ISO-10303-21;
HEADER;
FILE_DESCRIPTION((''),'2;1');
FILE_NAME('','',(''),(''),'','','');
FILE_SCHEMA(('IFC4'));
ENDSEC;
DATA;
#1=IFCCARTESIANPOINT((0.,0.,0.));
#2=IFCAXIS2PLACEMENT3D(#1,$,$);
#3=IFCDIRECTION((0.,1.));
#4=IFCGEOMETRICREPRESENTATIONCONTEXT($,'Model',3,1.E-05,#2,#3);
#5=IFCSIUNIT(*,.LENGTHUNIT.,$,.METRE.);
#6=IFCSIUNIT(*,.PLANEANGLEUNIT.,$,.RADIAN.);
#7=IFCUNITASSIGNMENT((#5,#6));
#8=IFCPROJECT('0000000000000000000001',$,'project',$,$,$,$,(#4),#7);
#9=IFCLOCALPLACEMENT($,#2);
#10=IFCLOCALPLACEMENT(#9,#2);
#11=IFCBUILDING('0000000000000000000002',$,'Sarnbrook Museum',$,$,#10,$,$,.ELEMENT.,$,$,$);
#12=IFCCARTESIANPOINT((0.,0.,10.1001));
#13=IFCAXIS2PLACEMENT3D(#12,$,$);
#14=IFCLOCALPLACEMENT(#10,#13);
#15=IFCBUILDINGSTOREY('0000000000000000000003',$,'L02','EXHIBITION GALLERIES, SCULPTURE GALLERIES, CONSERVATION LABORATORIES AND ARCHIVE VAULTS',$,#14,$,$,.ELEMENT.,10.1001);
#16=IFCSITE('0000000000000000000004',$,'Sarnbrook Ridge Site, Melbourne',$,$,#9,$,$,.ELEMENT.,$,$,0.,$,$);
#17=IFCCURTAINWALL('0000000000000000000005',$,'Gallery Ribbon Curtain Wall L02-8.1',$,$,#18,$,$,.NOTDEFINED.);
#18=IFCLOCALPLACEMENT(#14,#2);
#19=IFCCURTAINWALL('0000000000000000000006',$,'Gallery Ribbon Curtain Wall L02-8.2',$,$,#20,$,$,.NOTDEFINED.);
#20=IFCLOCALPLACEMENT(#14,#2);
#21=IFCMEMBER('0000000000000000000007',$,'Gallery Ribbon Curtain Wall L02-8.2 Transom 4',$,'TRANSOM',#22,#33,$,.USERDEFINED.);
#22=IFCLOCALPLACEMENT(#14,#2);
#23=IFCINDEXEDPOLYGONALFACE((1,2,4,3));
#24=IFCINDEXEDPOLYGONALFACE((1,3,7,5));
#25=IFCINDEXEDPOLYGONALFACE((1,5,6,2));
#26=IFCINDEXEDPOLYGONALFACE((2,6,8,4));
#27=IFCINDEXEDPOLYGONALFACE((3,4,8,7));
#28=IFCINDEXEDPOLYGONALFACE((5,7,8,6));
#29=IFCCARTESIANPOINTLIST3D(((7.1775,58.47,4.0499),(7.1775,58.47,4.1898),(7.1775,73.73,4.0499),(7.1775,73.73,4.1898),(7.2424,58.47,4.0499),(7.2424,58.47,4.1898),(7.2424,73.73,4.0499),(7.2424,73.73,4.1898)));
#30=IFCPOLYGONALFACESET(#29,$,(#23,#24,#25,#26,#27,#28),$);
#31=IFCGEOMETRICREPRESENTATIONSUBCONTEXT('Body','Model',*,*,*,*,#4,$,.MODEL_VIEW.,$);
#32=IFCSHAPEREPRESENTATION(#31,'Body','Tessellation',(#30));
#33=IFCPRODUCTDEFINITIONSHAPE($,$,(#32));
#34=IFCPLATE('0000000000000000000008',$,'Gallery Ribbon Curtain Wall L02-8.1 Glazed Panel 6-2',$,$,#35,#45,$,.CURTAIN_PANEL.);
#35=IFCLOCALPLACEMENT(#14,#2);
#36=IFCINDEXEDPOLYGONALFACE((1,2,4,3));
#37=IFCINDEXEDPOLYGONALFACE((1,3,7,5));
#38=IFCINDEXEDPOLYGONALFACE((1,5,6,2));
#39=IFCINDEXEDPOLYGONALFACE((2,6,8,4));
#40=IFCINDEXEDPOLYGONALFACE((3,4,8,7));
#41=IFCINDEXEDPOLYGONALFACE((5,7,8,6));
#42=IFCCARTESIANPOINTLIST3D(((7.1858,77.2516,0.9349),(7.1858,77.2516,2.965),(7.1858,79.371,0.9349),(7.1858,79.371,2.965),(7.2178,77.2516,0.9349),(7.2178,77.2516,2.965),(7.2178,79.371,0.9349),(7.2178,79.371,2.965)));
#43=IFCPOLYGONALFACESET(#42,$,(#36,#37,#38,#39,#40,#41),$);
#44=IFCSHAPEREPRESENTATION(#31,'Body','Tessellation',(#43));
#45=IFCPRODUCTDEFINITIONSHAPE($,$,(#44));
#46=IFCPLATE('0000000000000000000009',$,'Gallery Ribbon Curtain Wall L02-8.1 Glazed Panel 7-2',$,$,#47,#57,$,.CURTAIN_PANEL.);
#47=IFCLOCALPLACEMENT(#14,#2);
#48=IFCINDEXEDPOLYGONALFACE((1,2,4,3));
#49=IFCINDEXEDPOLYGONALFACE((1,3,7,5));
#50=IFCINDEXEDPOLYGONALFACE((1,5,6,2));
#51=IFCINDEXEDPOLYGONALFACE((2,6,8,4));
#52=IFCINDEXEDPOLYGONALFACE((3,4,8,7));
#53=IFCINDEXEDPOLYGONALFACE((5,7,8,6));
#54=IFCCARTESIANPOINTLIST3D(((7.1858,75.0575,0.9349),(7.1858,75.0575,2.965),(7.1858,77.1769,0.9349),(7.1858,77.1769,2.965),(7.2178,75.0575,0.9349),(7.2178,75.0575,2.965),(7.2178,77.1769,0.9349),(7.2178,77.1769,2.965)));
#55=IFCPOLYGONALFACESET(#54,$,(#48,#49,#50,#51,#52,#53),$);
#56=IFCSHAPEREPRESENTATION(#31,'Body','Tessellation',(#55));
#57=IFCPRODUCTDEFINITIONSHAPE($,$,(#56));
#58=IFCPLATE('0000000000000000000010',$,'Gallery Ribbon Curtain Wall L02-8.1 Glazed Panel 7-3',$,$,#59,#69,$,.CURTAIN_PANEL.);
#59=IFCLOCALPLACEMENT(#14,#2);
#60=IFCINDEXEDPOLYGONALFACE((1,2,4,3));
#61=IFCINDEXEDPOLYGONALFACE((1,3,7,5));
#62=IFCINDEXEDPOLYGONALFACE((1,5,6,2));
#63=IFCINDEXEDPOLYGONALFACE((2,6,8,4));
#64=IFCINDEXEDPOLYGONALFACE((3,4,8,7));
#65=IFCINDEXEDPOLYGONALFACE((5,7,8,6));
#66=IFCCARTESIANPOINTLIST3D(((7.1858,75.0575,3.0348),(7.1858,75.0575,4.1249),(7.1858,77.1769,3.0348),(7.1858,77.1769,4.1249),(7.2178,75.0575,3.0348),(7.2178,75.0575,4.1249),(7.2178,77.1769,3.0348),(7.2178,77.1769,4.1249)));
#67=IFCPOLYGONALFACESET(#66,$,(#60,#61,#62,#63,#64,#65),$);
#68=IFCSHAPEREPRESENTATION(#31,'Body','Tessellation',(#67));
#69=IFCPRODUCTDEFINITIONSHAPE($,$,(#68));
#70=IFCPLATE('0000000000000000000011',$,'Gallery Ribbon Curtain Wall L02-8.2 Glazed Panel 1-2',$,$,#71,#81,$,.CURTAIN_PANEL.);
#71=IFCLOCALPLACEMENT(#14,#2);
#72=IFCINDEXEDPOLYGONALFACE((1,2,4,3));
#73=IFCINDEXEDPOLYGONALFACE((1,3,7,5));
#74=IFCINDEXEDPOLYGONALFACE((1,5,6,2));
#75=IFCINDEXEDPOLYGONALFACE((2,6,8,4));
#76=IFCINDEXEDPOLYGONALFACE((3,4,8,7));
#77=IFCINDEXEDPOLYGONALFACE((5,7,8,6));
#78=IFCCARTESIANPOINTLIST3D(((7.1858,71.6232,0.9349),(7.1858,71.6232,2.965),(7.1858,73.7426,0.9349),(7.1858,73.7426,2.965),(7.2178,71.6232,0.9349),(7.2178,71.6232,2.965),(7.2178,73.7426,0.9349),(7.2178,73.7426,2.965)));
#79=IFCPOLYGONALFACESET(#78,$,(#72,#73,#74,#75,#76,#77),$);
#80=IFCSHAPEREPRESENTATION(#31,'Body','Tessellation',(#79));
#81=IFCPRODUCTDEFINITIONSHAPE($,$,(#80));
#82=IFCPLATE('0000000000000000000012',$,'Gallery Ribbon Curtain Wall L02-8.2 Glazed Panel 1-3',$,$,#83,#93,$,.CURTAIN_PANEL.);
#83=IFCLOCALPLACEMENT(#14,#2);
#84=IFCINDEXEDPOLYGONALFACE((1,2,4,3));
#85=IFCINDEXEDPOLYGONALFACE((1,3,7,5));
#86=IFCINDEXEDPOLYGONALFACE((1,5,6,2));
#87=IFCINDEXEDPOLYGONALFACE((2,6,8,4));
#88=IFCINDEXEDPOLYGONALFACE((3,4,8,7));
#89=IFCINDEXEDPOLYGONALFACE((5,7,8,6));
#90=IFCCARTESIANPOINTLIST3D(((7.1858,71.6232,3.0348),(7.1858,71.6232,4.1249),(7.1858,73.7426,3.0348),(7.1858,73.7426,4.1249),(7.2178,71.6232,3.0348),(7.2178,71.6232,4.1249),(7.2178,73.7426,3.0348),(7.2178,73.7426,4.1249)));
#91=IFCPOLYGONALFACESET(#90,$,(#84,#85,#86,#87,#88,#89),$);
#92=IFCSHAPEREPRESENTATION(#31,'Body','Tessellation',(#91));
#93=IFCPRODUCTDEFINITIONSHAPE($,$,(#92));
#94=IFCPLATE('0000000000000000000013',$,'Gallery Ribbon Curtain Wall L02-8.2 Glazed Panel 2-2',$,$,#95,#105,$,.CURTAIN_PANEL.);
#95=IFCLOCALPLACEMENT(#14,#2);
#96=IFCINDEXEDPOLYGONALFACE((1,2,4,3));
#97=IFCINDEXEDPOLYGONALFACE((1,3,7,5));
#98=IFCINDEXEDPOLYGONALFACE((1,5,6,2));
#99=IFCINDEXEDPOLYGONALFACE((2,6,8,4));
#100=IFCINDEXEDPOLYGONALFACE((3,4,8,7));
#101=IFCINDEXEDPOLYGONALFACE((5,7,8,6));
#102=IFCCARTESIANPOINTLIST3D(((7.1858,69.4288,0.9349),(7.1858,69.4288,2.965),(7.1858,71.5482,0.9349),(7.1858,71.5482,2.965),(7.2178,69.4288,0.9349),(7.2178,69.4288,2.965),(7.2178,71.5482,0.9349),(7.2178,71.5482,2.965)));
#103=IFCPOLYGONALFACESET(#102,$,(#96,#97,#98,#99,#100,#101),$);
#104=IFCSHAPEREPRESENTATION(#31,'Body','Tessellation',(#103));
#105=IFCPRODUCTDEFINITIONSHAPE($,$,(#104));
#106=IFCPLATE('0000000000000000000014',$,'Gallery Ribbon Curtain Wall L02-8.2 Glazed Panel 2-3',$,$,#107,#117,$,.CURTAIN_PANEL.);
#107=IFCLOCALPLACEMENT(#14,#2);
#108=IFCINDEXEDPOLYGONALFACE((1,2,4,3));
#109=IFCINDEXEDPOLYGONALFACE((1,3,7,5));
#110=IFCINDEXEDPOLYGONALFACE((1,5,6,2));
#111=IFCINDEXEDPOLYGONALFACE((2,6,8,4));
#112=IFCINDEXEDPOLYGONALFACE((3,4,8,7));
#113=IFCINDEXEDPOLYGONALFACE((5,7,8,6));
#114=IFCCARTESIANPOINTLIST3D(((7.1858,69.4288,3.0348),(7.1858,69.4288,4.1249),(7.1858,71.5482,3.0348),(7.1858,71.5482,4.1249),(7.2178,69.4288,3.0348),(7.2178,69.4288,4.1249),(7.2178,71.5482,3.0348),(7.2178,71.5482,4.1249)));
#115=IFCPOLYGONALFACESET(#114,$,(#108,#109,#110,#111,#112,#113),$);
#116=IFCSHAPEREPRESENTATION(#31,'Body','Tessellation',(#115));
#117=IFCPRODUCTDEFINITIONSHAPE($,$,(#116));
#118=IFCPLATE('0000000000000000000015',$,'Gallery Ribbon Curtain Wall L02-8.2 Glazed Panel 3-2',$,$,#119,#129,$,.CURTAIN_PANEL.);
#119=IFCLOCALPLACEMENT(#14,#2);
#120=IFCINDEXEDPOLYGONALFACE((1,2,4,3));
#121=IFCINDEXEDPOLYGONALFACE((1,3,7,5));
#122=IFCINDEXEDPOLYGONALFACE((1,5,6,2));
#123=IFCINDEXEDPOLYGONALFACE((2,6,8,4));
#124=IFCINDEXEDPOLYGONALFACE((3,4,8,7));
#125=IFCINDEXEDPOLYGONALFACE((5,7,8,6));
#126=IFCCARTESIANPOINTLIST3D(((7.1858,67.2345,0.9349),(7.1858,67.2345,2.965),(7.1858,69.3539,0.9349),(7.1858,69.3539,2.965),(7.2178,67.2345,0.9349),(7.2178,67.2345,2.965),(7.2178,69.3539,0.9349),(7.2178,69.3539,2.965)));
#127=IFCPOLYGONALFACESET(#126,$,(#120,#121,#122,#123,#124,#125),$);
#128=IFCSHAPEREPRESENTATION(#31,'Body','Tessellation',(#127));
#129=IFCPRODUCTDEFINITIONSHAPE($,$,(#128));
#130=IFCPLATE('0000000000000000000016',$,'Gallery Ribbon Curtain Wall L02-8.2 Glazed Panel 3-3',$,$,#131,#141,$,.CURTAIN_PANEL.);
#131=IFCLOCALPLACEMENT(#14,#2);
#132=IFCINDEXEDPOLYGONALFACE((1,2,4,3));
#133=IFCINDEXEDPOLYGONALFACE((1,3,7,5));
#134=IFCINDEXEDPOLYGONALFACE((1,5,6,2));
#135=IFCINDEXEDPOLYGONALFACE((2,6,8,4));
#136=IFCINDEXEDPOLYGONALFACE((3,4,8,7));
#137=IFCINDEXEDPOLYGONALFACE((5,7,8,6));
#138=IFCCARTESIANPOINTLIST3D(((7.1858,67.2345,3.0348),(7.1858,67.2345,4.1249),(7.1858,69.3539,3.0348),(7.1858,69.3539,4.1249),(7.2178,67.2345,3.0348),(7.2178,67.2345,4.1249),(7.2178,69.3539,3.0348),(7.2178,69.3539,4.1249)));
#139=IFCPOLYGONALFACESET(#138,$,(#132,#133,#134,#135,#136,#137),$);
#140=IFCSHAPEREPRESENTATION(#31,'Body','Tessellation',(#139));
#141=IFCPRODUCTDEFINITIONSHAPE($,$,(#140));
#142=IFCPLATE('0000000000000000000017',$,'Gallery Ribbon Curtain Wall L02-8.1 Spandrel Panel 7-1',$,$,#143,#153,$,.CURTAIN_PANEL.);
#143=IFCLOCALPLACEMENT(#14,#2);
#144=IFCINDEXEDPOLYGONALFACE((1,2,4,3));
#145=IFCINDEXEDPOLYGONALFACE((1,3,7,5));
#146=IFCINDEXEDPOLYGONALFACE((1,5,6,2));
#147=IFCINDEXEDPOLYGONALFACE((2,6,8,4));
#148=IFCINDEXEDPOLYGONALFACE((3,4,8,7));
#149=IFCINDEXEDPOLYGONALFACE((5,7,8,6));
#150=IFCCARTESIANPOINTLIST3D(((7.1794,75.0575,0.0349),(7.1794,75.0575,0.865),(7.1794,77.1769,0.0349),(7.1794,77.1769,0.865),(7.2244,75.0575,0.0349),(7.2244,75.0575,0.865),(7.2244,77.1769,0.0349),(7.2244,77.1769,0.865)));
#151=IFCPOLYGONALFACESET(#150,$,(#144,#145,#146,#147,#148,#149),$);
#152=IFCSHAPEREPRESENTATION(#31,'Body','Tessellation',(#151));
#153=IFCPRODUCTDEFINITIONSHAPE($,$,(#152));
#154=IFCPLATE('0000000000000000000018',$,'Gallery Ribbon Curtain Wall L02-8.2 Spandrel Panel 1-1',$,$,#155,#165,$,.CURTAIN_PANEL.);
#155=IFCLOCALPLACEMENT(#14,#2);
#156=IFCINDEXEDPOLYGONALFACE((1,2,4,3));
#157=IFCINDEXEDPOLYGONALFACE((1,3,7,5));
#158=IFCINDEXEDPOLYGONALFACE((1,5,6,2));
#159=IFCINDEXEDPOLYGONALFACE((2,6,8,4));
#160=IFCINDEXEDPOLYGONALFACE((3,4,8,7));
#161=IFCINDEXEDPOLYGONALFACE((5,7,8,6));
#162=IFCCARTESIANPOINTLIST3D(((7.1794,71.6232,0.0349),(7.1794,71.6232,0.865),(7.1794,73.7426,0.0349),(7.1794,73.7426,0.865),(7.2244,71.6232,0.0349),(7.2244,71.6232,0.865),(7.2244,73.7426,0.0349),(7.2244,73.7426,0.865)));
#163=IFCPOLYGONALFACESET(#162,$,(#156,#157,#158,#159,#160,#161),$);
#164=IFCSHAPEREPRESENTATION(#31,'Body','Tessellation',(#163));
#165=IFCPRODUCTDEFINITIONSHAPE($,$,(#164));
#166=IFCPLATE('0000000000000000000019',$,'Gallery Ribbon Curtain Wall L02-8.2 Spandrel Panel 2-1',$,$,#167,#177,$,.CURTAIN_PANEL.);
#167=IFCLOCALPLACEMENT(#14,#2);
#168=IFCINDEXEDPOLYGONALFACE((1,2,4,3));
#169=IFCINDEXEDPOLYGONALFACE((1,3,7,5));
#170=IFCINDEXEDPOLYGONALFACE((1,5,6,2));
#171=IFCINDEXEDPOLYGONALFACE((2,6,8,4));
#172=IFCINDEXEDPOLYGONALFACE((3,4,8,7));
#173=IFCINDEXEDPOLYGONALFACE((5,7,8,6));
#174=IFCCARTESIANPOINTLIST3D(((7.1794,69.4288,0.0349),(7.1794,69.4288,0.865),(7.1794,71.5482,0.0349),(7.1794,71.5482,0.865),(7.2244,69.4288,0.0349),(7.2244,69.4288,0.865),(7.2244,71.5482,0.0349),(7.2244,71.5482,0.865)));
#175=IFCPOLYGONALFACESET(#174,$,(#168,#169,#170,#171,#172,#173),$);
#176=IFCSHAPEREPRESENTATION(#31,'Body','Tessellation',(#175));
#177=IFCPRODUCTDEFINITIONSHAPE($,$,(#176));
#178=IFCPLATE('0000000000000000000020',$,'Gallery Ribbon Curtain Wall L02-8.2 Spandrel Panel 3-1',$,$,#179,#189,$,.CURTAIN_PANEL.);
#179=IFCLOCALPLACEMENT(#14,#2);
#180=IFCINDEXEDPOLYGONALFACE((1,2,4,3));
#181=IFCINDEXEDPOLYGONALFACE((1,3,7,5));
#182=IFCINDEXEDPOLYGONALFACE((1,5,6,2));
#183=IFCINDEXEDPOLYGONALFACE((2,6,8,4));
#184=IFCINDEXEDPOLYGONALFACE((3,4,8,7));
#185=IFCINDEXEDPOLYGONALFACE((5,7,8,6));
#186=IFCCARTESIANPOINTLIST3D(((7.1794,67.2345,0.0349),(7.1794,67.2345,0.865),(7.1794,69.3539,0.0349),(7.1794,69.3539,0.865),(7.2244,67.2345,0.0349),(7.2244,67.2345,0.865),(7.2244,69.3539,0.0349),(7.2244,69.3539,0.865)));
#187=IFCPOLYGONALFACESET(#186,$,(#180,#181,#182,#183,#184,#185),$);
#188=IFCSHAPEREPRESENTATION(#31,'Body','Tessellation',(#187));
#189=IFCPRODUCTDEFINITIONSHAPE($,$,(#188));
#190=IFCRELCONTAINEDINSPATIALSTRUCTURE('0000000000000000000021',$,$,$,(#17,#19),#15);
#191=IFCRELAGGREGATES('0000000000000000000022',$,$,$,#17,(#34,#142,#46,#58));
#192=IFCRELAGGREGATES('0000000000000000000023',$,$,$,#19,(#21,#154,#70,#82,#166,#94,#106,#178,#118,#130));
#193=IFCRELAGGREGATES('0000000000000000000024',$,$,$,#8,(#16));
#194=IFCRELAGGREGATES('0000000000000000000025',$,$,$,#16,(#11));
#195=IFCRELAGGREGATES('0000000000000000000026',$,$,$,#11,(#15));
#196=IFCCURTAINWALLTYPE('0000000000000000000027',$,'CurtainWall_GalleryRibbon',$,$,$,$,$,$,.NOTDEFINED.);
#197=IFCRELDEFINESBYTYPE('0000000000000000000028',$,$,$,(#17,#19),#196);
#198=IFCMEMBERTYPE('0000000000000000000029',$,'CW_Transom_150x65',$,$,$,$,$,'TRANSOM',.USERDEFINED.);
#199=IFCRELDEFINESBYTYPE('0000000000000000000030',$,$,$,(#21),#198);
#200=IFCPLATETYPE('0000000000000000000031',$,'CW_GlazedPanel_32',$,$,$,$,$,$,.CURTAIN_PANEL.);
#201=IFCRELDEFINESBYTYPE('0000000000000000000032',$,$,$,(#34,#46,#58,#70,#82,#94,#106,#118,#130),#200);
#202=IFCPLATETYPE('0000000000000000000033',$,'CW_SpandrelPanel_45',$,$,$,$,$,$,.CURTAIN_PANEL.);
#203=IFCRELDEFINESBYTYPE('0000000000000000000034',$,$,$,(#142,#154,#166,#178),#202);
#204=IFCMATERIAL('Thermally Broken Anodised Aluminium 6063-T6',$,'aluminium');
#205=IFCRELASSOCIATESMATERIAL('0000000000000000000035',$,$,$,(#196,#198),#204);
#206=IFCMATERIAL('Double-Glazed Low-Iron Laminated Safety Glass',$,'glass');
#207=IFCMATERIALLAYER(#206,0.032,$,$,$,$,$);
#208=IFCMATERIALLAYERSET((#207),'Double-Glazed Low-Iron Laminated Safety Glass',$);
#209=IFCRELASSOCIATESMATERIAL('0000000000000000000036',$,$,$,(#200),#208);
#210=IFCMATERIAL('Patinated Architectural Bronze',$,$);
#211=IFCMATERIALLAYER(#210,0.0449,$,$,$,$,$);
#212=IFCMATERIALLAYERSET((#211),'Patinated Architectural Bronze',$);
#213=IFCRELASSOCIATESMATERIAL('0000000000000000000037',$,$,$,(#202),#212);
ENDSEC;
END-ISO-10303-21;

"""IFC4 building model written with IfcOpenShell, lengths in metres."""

from ifc_helpers import new_model, si_unit, direction, frame, origin, origin_2d, place, context, subcontext, project, spatial, rectangle, extrude, material, layer, layer_set, material_profile, profile_set, type_object, element, aggregate, save


model = new_model("IFC4")

# Units and contexts
model_context = context("Model", 3, precision=1e-05, world=origin(), true_north=direction((0.0, 1.0)))
body_context = subcontext(model_context, "Body", "Model", "MODEL_VIEW")
ifc_project = project(units=[si_unit("LENGTHUNIT", "METRE"), si_unit("PLANEANGLEUNIT", "RADIAN")], contexts=[model_context])

# Site, building, storey
site_placement = place(None, origin())
site = spatial("IfcSite", under=ifc_project, at=site_placement, Name="Sarnbrook Ridge Site, Melbourne", CompositionType="ELEMENT", RefElevation=0.0)
building_placement = place(site_placement, origin())
building = spatial("IfcBuilding", under=site, at=building_placement, Name="Sarnbrook Museum", CompositionType="ELEMENT")
storey_placement = place(building_placement, frame((0.0, 0.0, 10.1001)))
storey = spatial("IfcBuildingStorey", under=building, at=storey_placement, Name="L02", Description="EXHIBITION GALLERIES, SCULPTURE GALLERIES, CONSERVATION LABORATORIES AND ARCHIVE VAULTS", CompositionType="ELEMENT", Elevation=10.1001)

# Curtain walls, member
ifc_material_1 = material(Name="Thermally Broken Anodised Aluminium 6063-T6", Category="aluminium")
curtain_wall_type = type_object("IfcCurtainWallType", Name="CurtainWall_GalleryRibbon", PredefinedType="NOTDEFINED", material=ifc_material_1)
curtain_wall_1_placement = place(storey_placement, origin())
curtain_wall_1 = element("IfcCurtainWall", 1, at=curtain_wall_1_placement, inside=storey, type_object=curtain_wall_type, Name="Gallery Ribbon Curtain Wall L02-8.1", PredefinedType="NOTDEFINED")
curtain_wall_2_placement = place(storey_placement, origin())
curtain_wall_2 = element("IfcCurtainWall", 2, at=curtain_wall_2_placement, inside=storey, type_object=curtain_wall_type, Name="Gallery Ribbon Curtain Wall L02-8.2", PredefinedType="NOTDEFINED")
ifc_material_profile_1 = material_profile(ifc_material_1, rectangle(XDim=0.0649, YDim=0.1399, at=origin_2d()), Name="ALU TRANSOM 65x140")
ifc_profile_set_1 = profile_set([ifc_material_profile_1], Name="Thermally Broken Anodised Aluminium 6063-T6")
member_type_1 = type_object("IfcMemberType", Name="CW_Transom_150x65", ElementType="TRANSOM", PredefinedType="USERDEFINED", material=ifc_profile_set_1)
member_1_placement = place(storey_placement, frame((7.21, 73.73, 4.1199), z_axis=(0.0, -1.0, 0.0), x_axis=(1.0, 0.0, 0.0)))
member_1 = element("IfcMember", 3, at=member_1_placement, type_object=member_type_1, Name="Gallery Ribbon Curtain Wall L02-8.2 Transom 4", ObjectType="TRANSOM", PredefinedType="USERDEFINED", context=body_context, shape_type="SweptSolid", body=[
    extrude(rectangle(XDim=0.0649, YDim=0.1399, at=origin_2d()), origin(), (0.0, 0.0, 1.0), 15.26),
])

# Plates
ifc_material_2 = material(Name="Double-Glazed Low-Iron Laminated Safety Glass", Category="glass")
ifc_layer_1 = layer(ifc_material_2, 0.032)
ifc_layer_set_1 = layer_set([ifc_layer_1], Name="Double-Glazed Low-Iron Laminated Safety Glass")
plate_type_1 = type_object("IfcPlateType", Name="CW_GlazedPanel_32", PredefinedType="CURTAIN_PANEL", material=ifc_layer_set_1)
plate_1_placement = place(storey_placement, frame((7.2178, 78.3113, 1.95), z_axis=(-1.0, 0.0, 0.0), x_axis=(0.0, -1.0, 0.0)))
plate_1 = element("IfcPlate", 4, at=plate_1_placement, type_object=plate_type_1, Name="Gallery Ribbon Curtain Wall L02-8.1 Glazed Panel 6-2", PredefinedType="CURTAIN_PANEL", context=body_context, shape_type="SweptSolid", body=[
    extrude(rectangle(XDim=2.1194, YDim=2.03, at=origin_2d()), origin(), (0.0, 0.0, 1.0), 0.032),
])
plate_2_placement = place(storey_placement, frame((7.2178, 76.1172, 1.95), z_axis=(-1.0, 0.0, 0.0), x_axis=(0.0, -1.0, 0.0)))
plate_2 = element("IfcPlate", 5, at=plate_2_placement, type_object=plate_type_1, Name="Gallery Ribbon Curtain Wall L02-8.1 Glazed Panel 7-2", PredefinedType="CURTAIN_PANEL", context=body_context, shape_type="SweptSolid", body=[
    extrude(rectangle(XDim=2.1194, YDim=2.03, at=origin_2d()), origin(), (0.0, 0.0, 1.0), 0.032),
])
plate_3_placement = place(storey_placement, frame((7.2178, 76.1172, 3.5798), z_axis=(-1.0, 0.0, 0.0), x_axis=(0.0, -1.0, 0.0)))
plate_3 = element("IfcPlate", 6, at=plate_3_placement, type_object=plate_type_1, Name="Gallery Ribbon Curtain Wall L02-8.1 Glazed Panel 7-3", PredefinedType="CURTAIN_PANEL", context=body_context, shape_type="SweptSolid", body=[
    extrude(rectangle(XDim=2.1194, YDim=1.0901, at=origin_2d()), origin(), (0.0, 0.0, 1.0), 0.032),
])
plate_4_placement = place(storey_placement, frame((7.2178, 72.6829, 1.95), z_axis=(-1.0, 0.0, 0.0), x_axis=(0.0, -1.0, 0.0)))
plate_4 = element("IfcPlate", 7, at=plate_4_placement, type_object=plate_type_1, Name="Gallery Ribbon Curtain Wall L02-8.2 Glazed Panel 1-2", PredefinedType="CURTAIN_PANEL", context=body_context, shape_type="SweptSolid", body=[
    extrude(rectangle(XDim=2.1194, YDim=2.03, at=origin_2d()), origin(), (0.0, 0.0, 1.0), 0.032),
])
plate_5_placement = place(storey_placement, frame((7.2178, 72.6829, 3.5798), z_axis=(-1.0, 0.0, 0.0), x_axis=(0.0, -1.0, 0.0)))
plate_5 = element("IfcPlate", 8, at=plate_5_placement, type_object=plate_type_1, Name="Gallery Ribbon Curtain Wall L02-8.2 Glazed Panel 1-3", PredefinedType="CURTAIN_PANEL", context=body_context, shape_type="SweptSolid", body=[
    extrude(rectangle(XDim=2.1194, YDim=1.0901, at=origin_2d()), origin(), (0.0, 0.0, 1.0), 0.032),
])
plate_6_placement = place(storey_placement, frame((7.2178, 70.4885, 1.95), z_axis=(-1.0, 0.0, 0.0), x_axis=(0.0, -1.0, 0.0)))
plate_6 = element("IfcPlate", 9, at=plate_6_placement, type_object=plate_type_1, Name="Gallery Ribbon Curtain Wall L02-8.2 Glazed Panel 2-2", PredefinedType="CURTAIN_PANEL", context=body_context, shape_type="SweptSolid", body=[
    extrude(rectangle(XDim=2.1194, YDim=2.03, at=origin_2d()), origin(), (0.0, 0.0, 1.0), 0.032),
])
plate_7_placement = place(storey_placement, frame((7.2178, 70.4885, 3.5798), z_axis=(-1.0, 0.0, 0.0), x_axis=(0.0, -1.0, 0.0)))
plate_7 = element("IfcPlate", 10, at=plate_7_placement, type_object=plate_type_1, Name="Gallery Ribbon Curtain Wall L02-8.2 Glazed Panel 2-3", PredefinedType="CURTAIN_PANEL", context=body_context, shape_type="SweptSolid", body=[
    extrude(rectangle(XDim=2.1194, YDim=1.0901, at=origin_2d()), origin(), (0.0, 0.0, 1.0), 0.032),
])
plate_8_placement = place(storey_placement, frame((7.2178, 68.2942, 1.95), z_axis=(-1.0, 0.0, 0.0), x_axis=(0.0, -1.0, 0.0)))
plate_8 = element("IfcPlate", 11, at=plate_8_placement, type_object=plate_type_1, Name="Gallery Ribbon Curtain Wall L02-8.2 Glazed Panel 3-2", PredefinedType="CURTAIN_PANEL", context=body_context, shape_type="SweptSolid", body=[
    extrude(rectangle(XDim=2.1194, YDim=2.03, at=origin_2d()), origin(), (0.0, 0.0, 1.0), 0.032),
])
plate_9_placement = place(storey_placement, frame((7.2178, 68.2942, 3.5798), z_axis=(-1.0, 0.0, 0.0), x_axis=(0.0, -1.0, 0.0)))
plate_9 = element("IfcPlate", 12, at=plate_9_placement, type_object=plate_type_1, Name="Gallery Ribbon Curtain Wall L02-8.2 Glazed Panel 3-3", PredefinedType="CURTAIN_PANEL", context=body_context, shape_type="SweptSolid", body=[
    extrude(rectangle(XDim=2.1194, YDim=1.0901, at=origin_2d()), origin(), (0.0, 0.0, 1.0), 0.032),
])
ifc_material_3 = material(Name="Patinated Architectural Bronze")
ifc_layer_2 = layer(ifc_material_3, 0.0449)
ifc_layer_set_2 = layer_set([ifc_layer_2], Name="Patinated Architectural Bronze")
plate_type_2 = type_object("IfcPlateType", Name="CW_SpandrelPanel_45", PredefinedType="CURTAIN_PANEL", material=ifc_layer_set_2)
plate_10_placement = place(storey_placement, frame((7.2244, 76.1172, 0.45), z_axis=(-1.0, 0.0, 0.0), x_axis=(0.0, -1.0, 0.0)))
plate_10 = element("IfcPlate", 13, at=plate_10_placement, type_object=plate_type_2, Name="Gallery Ribbon Curtain Wall L02-8.1 Spandrel Panel 7-1", PredefinedType="CURTAIN_PANEL", context=body_context, shape_type="SweptSolid", body=[
    extrude(rectangle(XDim=2.1194, YDim=0.8301, at=origin_2d()), origin(), (0.0, 0.0, 1.0), 0.0449),
])
aggregate(curtain_wall_1, [plate_1, plate_10, plate_2, plate_3])
plate_11_placement = place(storey_placement, frame((7.2244, 72.6829, 0.45), z_axis=(-1.0, 0.0, 0.0), x_axis=(0.0, -1.0, 0.0)))
plate_11 = element("IfcPlate", 14, at=plate_11_placement, type_object=plate_type_2, Name="Gallery Ribbon Curtain Wall L02-8.2 Spandrel Panel 1-1", PredefinedType="CURTAIN_PANEL", context=body_context, shape_type="SweptSolid", body=[
    extrude(rectangle(XDim=2.1194, YDim=0.8301, at=origin_2d()), origin(), (0.0, 0.0, 1.0), 0.0449),
])
plate_12_placement = place(storey_placement, frame((7.2244, 70.4885, 0.45), z_axis=(-1.0, 0.0, 0.0), x_axis=(0.0, -1.0, 0.0)))
plate_12 = element("IfcPlate", 15, at=plate_12_placement, type_object=plate_type_2, Name="Gallery Ribbon Curtain Wall L02-8.2 Spandrel Panel 2-1", PredefinedType="CURTAIN_PANEL", context=body_context, shape_type="SweptSolid", body=[
    extrude(rectangle(XDim=2.1194, YDim=0.8301, at=origin_2d()), origin(), (0.0, 0.0, 1.0), 0.0449),
])
plate_13_placement = place(storey_placement, frame((7.2244, 68.2942, 0.45), z_axis=(-1.0, 0.0, 0.0), x_axis=(0.0, -1.0, 0.0)))
plate_13 = element("IfcPlate", 16, at=plate_13_placement, type_object=plate_type_2, Name="Gallery Ribbon Curtain Wall L02-8.2 Spandrel Panel 3-1", PredefinedType="CURTAIN_PANEL", context=body_context, shape_type="SweptSolid", body=[
    extrude(rectangle(XDim=2.1194, YDim=0.8301, at=origin_2d()), origin(), (0.0, 0.0, 1.0), 0.0449),
])
aggregate(curtain_wall_2, [member_1, plate_11, plate_4, plate_5, plate_12, plate_6, plate_7, plate_13, plate_8, plate_9])

save(model, "model.ifc")
